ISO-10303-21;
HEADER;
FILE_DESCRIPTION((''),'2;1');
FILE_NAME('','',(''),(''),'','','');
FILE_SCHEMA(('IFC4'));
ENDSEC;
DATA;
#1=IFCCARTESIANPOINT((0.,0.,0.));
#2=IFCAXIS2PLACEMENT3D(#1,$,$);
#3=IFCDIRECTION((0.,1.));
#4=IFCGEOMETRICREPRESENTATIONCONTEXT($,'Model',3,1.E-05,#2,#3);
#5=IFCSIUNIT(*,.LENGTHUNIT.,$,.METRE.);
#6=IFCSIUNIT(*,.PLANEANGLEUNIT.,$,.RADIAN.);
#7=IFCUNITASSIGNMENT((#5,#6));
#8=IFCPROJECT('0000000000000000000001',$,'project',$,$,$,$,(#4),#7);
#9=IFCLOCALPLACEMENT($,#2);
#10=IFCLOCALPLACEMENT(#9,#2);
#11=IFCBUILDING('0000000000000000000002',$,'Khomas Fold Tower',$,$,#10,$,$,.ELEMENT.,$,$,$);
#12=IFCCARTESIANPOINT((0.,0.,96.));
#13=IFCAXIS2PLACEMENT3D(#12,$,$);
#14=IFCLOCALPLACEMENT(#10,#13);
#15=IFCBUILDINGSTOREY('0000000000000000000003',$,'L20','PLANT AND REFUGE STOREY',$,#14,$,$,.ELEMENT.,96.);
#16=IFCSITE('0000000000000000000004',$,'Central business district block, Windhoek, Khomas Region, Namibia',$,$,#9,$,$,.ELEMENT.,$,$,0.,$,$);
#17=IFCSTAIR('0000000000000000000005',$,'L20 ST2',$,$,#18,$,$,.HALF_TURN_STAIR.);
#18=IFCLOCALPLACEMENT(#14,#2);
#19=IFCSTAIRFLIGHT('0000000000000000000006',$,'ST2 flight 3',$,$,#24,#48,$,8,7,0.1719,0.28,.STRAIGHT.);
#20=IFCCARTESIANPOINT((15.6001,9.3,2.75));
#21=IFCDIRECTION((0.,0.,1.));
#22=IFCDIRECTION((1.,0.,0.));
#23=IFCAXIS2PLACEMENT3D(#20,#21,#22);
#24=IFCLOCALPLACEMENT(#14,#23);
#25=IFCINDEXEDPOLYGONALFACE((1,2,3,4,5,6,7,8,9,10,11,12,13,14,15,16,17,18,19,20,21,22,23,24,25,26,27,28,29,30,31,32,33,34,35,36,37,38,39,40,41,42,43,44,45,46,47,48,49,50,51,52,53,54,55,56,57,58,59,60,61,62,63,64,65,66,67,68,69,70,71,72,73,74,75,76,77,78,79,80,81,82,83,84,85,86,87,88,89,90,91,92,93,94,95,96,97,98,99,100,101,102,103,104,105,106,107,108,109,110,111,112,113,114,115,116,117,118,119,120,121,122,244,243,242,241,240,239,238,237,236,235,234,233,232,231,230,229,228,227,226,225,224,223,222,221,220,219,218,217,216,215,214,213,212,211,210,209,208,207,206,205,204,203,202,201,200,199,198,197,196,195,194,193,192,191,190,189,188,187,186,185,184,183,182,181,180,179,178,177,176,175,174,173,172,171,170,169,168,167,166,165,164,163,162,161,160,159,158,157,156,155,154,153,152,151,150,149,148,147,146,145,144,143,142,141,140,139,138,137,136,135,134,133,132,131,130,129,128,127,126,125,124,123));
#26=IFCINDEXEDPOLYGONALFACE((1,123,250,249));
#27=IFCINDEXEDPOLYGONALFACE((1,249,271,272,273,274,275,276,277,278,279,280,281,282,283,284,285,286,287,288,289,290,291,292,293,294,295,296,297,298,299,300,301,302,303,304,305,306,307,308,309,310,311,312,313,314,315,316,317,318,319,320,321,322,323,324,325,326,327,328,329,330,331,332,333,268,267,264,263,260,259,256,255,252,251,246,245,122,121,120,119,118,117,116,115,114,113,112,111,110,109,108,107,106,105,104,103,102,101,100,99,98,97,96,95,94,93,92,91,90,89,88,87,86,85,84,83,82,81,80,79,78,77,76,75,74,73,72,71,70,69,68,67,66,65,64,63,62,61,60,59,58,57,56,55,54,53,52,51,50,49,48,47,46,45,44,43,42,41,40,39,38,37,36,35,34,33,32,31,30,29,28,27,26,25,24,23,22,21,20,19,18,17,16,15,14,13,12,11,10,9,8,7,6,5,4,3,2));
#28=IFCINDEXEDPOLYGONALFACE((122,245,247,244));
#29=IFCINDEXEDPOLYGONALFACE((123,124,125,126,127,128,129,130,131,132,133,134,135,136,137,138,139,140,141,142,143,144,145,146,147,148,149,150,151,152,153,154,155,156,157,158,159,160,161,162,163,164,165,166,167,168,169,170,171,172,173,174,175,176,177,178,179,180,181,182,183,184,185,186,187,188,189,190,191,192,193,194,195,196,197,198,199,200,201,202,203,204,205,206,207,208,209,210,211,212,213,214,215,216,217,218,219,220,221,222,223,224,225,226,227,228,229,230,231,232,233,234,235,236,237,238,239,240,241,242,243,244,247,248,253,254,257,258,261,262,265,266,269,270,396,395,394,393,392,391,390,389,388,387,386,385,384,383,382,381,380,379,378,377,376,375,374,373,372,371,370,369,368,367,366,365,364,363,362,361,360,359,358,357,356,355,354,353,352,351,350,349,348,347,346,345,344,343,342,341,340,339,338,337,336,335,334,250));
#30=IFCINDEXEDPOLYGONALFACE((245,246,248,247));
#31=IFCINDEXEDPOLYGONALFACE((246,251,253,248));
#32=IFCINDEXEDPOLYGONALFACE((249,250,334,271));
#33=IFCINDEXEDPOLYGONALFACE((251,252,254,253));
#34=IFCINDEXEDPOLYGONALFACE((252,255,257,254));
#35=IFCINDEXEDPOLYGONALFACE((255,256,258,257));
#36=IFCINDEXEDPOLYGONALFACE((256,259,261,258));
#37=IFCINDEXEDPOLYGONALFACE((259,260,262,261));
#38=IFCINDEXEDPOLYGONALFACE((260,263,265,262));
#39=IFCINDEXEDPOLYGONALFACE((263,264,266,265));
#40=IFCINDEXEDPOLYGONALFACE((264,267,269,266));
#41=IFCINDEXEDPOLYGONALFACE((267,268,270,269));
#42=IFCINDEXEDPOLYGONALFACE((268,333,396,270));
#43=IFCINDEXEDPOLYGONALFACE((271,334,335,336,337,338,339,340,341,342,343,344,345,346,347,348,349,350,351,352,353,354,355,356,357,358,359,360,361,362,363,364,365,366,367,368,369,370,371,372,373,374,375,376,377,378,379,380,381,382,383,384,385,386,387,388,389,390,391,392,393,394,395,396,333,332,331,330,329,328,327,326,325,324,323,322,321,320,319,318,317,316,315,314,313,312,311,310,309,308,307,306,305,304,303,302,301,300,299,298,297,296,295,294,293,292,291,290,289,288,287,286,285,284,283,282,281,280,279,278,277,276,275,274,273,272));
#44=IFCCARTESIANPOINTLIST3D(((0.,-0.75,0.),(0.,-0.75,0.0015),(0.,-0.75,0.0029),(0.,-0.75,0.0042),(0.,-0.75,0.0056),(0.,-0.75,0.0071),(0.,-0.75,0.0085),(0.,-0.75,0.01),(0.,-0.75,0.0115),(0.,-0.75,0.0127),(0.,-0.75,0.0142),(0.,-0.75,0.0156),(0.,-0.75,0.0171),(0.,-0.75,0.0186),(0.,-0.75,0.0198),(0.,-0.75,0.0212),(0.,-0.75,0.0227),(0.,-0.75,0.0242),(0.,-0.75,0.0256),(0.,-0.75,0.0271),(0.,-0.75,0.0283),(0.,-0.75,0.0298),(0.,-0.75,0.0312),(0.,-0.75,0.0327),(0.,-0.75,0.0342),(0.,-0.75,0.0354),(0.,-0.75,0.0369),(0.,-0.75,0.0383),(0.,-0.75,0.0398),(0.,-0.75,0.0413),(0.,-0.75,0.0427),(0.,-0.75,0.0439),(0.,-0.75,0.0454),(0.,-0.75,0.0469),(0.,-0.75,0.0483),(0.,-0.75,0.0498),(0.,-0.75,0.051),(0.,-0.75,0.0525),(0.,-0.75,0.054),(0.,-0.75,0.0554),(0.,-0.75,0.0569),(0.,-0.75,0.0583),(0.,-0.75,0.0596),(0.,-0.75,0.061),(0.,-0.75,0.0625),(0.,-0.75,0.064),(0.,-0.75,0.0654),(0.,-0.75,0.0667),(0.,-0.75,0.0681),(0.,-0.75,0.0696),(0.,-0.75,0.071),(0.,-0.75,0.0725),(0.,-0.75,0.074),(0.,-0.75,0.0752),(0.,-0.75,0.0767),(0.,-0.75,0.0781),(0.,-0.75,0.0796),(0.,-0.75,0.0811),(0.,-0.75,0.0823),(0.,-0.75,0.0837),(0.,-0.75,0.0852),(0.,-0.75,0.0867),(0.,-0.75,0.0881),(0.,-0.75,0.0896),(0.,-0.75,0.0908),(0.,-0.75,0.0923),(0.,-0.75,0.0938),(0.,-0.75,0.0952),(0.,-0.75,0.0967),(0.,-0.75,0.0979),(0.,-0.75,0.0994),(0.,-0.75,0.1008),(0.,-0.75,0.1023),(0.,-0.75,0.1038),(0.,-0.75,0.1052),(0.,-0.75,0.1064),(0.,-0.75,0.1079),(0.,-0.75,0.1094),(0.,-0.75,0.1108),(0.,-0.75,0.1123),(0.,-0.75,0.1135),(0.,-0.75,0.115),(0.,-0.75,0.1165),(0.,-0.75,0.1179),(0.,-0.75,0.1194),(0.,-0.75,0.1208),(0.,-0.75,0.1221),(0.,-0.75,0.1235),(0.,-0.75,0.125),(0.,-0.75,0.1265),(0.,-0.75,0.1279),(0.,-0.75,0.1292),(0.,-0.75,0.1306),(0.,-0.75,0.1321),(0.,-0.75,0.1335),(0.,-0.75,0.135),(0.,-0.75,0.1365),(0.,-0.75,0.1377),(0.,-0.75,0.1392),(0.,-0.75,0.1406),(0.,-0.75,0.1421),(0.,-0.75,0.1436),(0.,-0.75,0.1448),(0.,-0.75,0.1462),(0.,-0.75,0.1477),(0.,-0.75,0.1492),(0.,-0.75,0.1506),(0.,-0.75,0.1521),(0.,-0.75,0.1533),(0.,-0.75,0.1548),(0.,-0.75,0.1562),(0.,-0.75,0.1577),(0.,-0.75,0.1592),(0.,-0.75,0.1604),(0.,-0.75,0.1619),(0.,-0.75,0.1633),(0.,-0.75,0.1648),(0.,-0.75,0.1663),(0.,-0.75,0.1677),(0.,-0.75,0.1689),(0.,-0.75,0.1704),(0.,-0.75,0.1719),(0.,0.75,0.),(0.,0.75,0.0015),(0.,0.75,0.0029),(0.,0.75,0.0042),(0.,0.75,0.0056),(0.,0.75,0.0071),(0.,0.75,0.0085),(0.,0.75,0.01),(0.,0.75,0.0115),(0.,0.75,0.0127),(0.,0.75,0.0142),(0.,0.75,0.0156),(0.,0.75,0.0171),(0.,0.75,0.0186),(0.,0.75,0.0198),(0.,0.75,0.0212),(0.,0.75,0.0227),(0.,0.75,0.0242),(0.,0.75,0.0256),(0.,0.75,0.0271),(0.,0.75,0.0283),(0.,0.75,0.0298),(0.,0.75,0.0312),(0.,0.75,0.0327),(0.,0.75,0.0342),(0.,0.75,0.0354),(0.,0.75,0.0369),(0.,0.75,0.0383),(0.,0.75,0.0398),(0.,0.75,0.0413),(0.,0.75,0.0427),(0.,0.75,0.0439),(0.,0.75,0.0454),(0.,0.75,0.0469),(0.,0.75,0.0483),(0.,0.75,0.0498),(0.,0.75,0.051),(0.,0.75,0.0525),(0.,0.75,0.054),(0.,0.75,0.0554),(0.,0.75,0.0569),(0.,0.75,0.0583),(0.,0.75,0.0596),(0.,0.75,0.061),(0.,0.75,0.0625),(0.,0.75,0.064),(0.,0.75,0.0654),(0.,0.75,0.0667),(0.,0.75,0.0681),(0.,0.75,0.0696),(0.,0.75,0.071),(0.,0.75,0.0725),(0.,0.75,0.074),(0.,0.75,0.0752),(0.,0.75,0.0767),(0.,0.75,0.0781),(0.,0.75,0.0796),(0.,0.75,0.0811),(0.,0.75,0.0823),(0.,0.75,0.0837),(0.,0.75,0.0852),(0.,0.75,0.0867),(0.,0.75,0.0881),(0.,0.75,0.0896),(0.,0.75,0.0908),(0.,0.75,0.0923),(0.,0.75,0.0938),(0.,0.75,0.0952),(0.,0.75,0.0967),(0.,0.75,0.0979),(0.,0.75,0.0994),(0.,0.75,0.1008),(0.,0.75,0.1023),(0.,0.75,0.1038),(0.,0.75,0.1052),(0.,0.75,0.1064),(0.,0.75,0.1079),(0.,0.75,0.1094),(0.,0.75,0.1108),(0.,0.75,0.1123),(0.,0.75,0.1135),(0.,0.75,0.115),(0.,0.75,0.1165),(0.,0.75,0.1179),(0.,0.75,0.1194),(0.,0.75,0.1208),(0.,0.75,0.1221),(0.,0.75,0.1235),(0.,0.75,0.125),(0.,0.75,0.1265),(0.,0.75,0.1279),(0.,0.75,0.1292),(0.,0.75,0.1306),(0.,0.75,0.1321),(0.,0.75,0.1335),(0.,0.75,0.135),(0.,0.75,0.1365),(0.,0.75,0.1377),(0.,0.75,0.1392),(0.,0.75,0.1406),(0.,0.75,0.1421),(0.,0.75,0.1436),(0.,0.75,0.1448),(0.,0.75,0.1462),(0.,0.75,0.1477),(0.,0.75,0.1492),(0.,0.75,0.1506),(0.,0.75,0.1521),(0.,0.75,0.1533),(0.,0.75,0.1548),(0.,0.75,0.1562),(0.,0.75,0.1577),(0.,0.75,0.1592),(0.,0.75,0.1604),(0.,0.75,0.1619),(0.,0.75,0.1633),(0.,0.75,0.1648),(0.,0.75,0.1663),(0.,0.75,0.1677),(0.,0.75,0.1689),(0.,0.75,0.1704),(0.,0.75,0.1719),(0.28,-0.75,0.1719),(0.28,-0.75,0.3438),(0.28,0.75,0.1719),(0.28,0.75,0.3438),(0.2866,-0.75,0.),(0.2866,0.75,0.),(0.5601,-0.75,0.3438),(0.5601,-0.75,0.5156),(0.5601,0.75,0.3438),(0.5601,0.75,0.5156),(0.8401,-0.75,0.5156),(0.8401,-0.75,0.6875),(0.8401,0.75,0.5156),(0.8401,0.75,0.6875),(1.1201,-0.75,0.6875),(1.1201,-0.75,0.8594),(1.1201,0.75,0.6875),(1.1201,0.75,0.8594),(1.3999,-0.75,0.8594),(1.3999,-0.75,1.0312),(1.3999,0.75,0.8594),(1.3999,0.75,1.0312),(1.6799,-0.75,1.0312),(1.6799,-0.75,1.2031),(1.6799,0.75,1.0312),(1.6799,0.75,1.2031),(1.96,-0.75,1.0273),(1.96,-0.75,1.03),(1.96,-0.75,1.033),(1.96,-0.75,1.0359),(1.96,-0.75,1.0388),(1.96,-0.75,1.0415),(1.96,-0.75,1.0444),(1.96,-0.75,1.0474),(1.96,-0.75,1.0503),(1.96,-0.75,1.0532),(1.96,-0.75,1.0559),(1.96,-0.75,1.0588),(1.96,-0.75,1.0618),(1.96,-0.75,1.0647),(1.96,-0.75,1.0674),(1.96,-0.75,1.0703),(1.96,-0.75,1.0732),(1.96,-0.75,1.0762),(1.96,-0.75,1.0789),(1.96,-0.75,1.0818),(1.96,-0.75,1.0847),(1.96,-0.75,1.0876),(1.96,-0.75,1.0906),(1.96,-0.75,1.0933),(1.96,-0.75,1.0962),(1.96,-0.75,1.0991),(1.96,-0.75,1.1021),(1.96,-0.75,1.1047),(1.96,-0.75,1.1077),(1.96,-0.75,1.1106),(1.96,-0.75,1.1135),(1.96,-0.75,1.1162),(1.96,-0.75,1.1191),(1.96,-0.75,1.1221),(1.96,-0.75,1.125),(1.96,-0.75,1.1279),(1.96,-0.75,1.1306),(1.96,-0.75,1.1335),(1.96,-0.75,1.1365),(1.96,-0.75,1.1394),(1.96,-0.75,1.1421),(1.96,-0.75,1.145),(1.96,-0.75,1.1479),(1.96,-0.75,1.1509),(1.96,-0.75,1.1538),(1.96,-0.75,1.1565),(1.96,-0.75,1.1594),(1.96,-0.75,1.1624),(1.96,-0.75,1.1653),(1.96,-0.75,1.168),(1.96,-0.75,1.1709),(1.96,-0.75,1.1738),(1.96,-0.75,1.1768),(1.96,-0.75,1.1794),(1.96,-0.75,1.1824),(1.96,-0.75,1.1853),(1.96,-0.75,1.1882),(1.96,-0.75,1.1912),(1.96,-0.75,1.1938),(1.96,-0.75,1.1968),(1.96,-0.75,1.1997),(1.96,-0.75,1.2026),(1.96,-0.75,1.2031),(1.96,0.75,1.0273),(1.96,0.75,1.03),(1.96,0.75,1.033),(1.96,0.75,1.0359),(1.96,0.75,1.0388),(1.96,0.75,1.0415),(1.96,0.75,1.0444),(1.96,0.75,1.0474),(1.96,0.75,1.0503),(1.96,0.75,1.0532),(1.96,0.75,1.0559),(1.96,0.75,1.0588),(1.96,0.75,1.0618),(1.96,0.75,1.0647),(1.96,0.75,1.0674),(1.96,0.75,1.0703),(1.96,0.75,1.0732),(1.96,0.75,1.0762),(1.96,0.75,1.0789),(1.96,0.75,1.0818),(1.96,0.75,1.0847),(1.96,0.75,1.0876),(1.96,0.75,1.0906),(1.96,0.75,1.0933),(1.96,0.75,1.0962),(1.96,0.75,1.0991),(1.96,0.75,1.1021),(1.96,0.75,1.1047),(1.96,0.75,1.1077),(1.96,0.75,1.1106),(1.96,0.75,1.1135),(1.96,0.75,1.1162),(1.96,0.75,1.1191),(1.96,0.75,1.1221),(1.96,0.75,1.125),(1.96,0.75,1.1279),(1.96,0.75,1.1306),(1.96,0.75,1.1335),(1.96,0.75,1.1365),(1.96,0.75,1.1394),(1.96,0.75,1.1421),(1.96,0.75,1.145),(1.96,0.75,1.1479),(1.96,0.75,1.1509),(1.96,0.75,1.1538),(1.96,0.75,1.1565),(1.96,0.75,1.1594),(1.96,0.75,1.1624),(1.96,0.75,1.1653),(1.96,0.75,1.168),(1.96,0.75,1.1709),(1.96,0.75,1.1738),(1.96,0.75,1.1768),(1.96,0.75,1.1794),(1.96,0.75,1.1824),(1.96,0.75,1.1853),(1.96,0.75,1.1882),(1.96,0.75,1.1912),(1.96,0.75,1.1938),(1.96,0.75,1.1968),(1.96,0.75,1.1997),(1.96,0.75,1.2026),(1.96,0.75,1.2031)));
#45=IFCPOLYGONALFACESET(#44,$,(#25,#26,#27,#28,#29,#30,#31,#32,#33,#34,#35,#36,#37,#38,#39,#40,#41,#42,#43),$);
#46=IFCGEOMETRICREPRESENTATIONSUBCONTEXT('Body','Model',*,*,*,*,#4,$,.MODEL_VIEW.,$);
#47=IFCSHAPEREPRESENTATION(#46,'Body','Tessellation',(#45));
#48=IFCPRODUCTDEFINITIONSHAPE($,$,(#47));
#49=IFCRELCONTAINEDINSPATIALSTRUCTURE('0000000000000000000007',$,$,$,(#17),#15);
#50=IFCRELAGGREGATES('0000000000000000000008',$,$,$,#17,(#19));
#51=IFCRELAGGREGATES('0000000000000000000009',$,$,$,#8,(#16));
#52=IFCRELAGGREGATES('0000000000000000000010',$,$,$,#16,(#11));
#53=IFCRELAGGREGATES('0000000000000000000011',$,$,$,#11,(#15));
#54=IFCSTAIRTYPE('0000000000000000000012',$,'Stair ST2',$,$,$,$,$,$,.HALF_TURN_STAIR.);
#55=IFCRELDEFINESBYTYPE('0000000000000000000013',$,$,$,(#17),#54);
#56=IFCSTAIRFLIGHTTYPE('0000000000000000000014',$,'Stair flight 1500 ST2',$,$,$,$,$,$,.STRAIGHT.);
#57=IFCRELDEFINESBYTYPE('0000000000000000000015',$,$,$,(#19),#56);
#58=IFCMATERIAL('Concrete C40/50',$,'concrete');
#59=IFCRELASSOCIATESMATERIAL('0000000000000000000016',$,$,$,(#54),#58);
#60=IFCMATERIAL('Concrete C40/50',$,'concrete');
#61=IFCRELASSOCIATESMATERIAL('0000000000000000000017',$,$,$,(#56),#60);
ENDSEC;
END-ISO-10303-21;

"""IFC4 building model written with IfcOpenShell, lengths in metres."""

from ifc_helpers import new_model, si_unit, direction, frame, origin, place, context, subcontext, project, spatial, polyline, outline, extrude, source, transform, mapped, material, type_object, element, aggregate, save


model = new_model("IFC4")

# Units and contexts
model_context = context("Model", 3, precision=1e-05, world=origin(), true_north=direction((0.0, 1.0)))
body_context = subcontext(model_context, "Body", "Model", "MODEL_VIEW")
ifc_project = project(units=[si_unit("LENGTHUNIT", "METRE"), si_unit("PLANEANGLEUNIT", "RADIAN")], contexts=[model_context])

# Site, building, storey
site_placement = place(None, origin())
site = spatial("IfcSite", under=ifc_project, at=site_placement, Name="Central business district block, Windhoek, Khomas Region, Namibia", CompositionType="ELEMENT", RefElevation=0.0)
building_placement = place(site_placement, origin())
building = spatial("IfcBuilding", under=site, at=building_placement, Name="Khomas Fold Tower", CompositionType="ELEMENT")
storey_placement = place(building_placement, frame((0.0, 0.0, 96.0)))
storey = spatial("IfcBuildingStorey", under=building, at=storey_placement, Name="L20", Description="PLANT AND REFUGE STOREY", CompositionType="ELEMENT", Elevation=96.0)

# Stair, stair flight
ifc_material_1 = material(Name="Concrete C40/50", Category="concrete")
stair_type = type_object("IfcStairType", Name="Stair ST2", PredefinedType="HALF_TURN_STAIR", material=ifc_material_1)
stair_placement = place(storey_placement, origin())
stair = element("IfcStair", 1, at=stair_placement, inside=storey, type_object=stair_type, Name="L20 ST2", PredefinedType="HALF_TURN_STAIR")
ifc_material_2 = material(Name="Concrete C40/50", Category="concrete")
stair_flight_type = type_object("IfcStairFlightType", Name="Stair flight 1500 ST2", PredefinedType="STRAIGHT", material=ifc_material_2)
shared_shape_1 = source(origin(), body_context, "Body", "SweptSolid", [
    extrude(outline(polyline([(0.0, 0.0), (0.0, 0.0015), (0.0, 0.0029), (0.0, 0.0042), (0.0, 0.0056), (0.0, 0.0071), (0.0, 0.0085), (0.0, 0.01), (0.0, 0.0115), (0.0, 0.0127), (0.0, 0.0142), (0.0, 0.0156), (0.0, 0.0171), (0.0, 0.0186), (0.0, 0.0198), (0.0, 0.0212), (0.0, 0.0227), (0.0, 0.0242), (0.0, 0.0256), (0.0, 0.0271), (0.0, 0.0283), (0.0, 0.0298), (0.0, 0.0312), (0.0, 0.0327), (0.0, 0.0342), (0.0, 0.0354), (0.0, 0.0369), (0.0, 0.0383), (0.0, 0.0398), (0.0, 0.0413), (0.0, 0.0427), (0.0, 0.0439), (0.0, 0.0454), (0.0, 0.0469), (0.0, 0.0483), (0.0, 0.0498), (0.0, 0.051), (0.0, 0.0525), (0.0, 0.054), (0.0, 0.0554), (0.0, 0.0569), (0.0, 0.0583), (0.0, 0.0596), (0.0, 0.061), (0.0, 0.0625), (0.0, 0.064), (0.0, 0.0654), (0.0, 0.0667), (0.0, 0.0681), (0.0, 0.0696), (0.0, 0.071), (0.0, 0.0725), (0.0, 0.074), (0.0, 0.0752), (0.0, 0.0767), (0.0, 0.0781), (0.0, 0.0796), (0.0, 0.0811), (0.0, 0.0823), (0.0, 0.0837), (0.0, 0.0852), (0.0, 0.0867), (0.0, 0.0881), (0.0, 0.0896), (0.0, 0.0908), (0.0, 0.0923), (0.0, 0.0938), (0.0, 0.0952), (0.0, 0.0967), (0.0, 0.0979), (0.0, 0.0994), (0.0, 0.1008), (0.0, 0.1023), (0.0, 0.1038), (0.0, 0.1052), (0.0, 0.1064), (0.0, 0.1079), (0.0, 0.1094), (0.0, 0.1108), (0.0, 0.1123), (0.0, 0.1135), (0.0, 0.115), (0.0, 0.1165), (0.0, 0.1179), (0.0, 0.1194), (0.0, 0.1208), (0.0, 0.1221), (0.0, 0.1235), (0.0, 0.125), (0.0, 0.1265), (0.0, 0.1279), (0.0, 0.1292), (0.0, 0.1306), (0.0, 0.1321), (0.0, 0.1335), (0.0, 0.135), (0.0, 0.1365), (0.0, 0.1377), (0.0, 0.1392), (0.0, 0.1406), (0.0, 0.1421), (0.0, 0.1436), (0.0, 0.1448), (0.0, 0.1462), (0.0, 0.1477), (0.0, 0.1492), (0.0, 0.1506), (0.0, 0.1521), (0.0, 0.1533), (0.0, 0.1548), (0.0, 0.1562), (0.0, 0.1577), (0.0, 0.1592), (0.0, 0.1604), (0.0, 0.1619), (0.0, 0.1633), (0.0, 0.1648), (0.0, 0.1663), (0.0, 0.1677), (0.0, 0.1689), (0.0, 0.1704), (0.0, 0.1719), (0.28, 0.1719), (0.28, 0.3438), (0.5601, 0.3438), (0.5601, 0.5156), (0.8401, 0.5156), (0.8401, 0.6875), (1.1201, 0.6875), (1.1201, 0.8594), (1.3999, 0.8594), (1.3999, 1.0312), (1.6799, 1.0312), (1.6799, 1.2031), (1.96, 1.2031), (1.96, 1.375), (1.96, 1.3721), (1.96, 1.3691), (1.96, 1.3665), (1.96, 1.3635), (1.96, 1.3606), (1.96, 1.3577), (1.96, 1.355), (1.96, 1.3521), (1.96, 1.3491), (1.96, 1.3462), (1.96, 1.3435), (1.96, 1.3406), (1.96, 1.3376), (1.96, 1.3347), (1.96, 1.3318), (1.96, 1.3291), (1.96, 1.3262), (1.96, 1.3232), (1.96, 1.3203), (1.96, 1.3176), (1.96, 1.3147), (1.96, 1.3118), (1.96, 1.3088), (1.96, 1.3059), (1.96, 1.3032), (1.96, 1.3003), (1.96, 1.2974), (1.96, 1.2944), (1.96, 1.2917), (1.96, 1.2888), (1.96, 1.2859), (1.96, 1.283), (1.96, 1.2803), (1.96, 1.2773), (1.96, 1.2744), (1.96, 1.2715), (1.96, 1.2686), (1.96, 1.2659), (1.96, 1.2629), (1.96, 1.26), (1.96, 1.2571), (1.96, 1.2544), (1.96, 1.2515), (1.96, 1.2485), (1.96, 1.2456), (1.96, 1.2427), (1.96, 1.24), (1.96, 1.2371), (1.96, 1.2341), (1.96, 1.2312), (1.96, 1.2285), (1.96, 1.2256), (1.96, 1.2227), (1.96, 1.2197), (1.96, 1.217), (1.96, 1.2141), (1.96, 1.2112), (1.96, 1.2083), (1.96, 1.2053), (1.96, 1.2026), (1.96, 1.1997), (1.96, 1.1968), (1.96, 1.1938), (1.96, 1.1912), (1.96, 1.1882), (1.96, 1.1853), (1.96, 1.1824), (1.96, 1.1794), (1.96, 1.1768), (1.96, 1.1738), (1.96, 1.1709), (1.96, 1.168), (1.96, 1.1653), (1.96, 1.1624), (1.96, 1.1594), (1.96, 1.1565), (1.96, 1.1538), (1.96, 1.1509), (1.96, 1.1479), (1.96, 1.145), (1.96, 1.1421), (1.96, 1.1394), (1.96, 1.1365), (1.96, 1.1335), (1.96, 1.1306), (1.96, 1.1279), (1.96, 1.125), (1.96, 1.1221), (1.96, 1.1191), (1.96, 1.1162), (1.96, 1.1135), (1.96, 1.1106), (1.96, 1.1077), (1.96, 1.1047), (1.96, 1.1021), (1.96, 1.0991), (1.96, 1.0962), (1.96, 1.0933), (1.96, 1.0906), (1.96, 1.0876), (1.96, 1.0847), (1.96, 1.0818), (1.96, 1.0789), (1.96, 1.0762), (1.96, 1.0732), (1.96, 1.0703), (1.96, 1.0674), (1.96, 1.0647), (1.96, 1.0618), (1.96, 1.0588), (1.96, 1.0559), (1.96, 1.0532), (1.96, 1.0503), (1.96, 1.0474), (1.96, 1.0444), (1.96, 1.0415), (1.96, 1.0388), (1.96, 1.0359), (1.96, 1.033), (1.96, 1.03), (1.96, 1.0273), (0.2866, 0.0), (0.0, 0.0)])), frame((0.0, 0.75, 0.0), z_axis=(0.0, -1.0, 0.0), x_axis=(1.0, 0.0, 0.0)), (0.0, 0.0, 1.0), 1.5),
])
stair_flight_1_placement = place(storey_placement, frame((15.6001, 9.3, 2.75), z_axis=(0.0, 0.0, 1.0), x_axis=(1.0, 0.0, 0.0)))
stair_flight_1 = element("IfcStairFlight", 2, at=stair_flight_1_placement, type_object=stair_flight_type, Name="ST2 flight 3", NumberOfRisers=8, NumberOfTreads=7, PredefinedType="STRAIGHT", RiserHeight=0.1719, TreadLength=0.28, context=body_context, shape_type="MappedRepresentation", body=[
    mapped(shared_shape_1, transform((0.0, 0.0, 0.0))),
])
aggregate(stair, [stair_flight_1])

save(model, "model.ifc")
